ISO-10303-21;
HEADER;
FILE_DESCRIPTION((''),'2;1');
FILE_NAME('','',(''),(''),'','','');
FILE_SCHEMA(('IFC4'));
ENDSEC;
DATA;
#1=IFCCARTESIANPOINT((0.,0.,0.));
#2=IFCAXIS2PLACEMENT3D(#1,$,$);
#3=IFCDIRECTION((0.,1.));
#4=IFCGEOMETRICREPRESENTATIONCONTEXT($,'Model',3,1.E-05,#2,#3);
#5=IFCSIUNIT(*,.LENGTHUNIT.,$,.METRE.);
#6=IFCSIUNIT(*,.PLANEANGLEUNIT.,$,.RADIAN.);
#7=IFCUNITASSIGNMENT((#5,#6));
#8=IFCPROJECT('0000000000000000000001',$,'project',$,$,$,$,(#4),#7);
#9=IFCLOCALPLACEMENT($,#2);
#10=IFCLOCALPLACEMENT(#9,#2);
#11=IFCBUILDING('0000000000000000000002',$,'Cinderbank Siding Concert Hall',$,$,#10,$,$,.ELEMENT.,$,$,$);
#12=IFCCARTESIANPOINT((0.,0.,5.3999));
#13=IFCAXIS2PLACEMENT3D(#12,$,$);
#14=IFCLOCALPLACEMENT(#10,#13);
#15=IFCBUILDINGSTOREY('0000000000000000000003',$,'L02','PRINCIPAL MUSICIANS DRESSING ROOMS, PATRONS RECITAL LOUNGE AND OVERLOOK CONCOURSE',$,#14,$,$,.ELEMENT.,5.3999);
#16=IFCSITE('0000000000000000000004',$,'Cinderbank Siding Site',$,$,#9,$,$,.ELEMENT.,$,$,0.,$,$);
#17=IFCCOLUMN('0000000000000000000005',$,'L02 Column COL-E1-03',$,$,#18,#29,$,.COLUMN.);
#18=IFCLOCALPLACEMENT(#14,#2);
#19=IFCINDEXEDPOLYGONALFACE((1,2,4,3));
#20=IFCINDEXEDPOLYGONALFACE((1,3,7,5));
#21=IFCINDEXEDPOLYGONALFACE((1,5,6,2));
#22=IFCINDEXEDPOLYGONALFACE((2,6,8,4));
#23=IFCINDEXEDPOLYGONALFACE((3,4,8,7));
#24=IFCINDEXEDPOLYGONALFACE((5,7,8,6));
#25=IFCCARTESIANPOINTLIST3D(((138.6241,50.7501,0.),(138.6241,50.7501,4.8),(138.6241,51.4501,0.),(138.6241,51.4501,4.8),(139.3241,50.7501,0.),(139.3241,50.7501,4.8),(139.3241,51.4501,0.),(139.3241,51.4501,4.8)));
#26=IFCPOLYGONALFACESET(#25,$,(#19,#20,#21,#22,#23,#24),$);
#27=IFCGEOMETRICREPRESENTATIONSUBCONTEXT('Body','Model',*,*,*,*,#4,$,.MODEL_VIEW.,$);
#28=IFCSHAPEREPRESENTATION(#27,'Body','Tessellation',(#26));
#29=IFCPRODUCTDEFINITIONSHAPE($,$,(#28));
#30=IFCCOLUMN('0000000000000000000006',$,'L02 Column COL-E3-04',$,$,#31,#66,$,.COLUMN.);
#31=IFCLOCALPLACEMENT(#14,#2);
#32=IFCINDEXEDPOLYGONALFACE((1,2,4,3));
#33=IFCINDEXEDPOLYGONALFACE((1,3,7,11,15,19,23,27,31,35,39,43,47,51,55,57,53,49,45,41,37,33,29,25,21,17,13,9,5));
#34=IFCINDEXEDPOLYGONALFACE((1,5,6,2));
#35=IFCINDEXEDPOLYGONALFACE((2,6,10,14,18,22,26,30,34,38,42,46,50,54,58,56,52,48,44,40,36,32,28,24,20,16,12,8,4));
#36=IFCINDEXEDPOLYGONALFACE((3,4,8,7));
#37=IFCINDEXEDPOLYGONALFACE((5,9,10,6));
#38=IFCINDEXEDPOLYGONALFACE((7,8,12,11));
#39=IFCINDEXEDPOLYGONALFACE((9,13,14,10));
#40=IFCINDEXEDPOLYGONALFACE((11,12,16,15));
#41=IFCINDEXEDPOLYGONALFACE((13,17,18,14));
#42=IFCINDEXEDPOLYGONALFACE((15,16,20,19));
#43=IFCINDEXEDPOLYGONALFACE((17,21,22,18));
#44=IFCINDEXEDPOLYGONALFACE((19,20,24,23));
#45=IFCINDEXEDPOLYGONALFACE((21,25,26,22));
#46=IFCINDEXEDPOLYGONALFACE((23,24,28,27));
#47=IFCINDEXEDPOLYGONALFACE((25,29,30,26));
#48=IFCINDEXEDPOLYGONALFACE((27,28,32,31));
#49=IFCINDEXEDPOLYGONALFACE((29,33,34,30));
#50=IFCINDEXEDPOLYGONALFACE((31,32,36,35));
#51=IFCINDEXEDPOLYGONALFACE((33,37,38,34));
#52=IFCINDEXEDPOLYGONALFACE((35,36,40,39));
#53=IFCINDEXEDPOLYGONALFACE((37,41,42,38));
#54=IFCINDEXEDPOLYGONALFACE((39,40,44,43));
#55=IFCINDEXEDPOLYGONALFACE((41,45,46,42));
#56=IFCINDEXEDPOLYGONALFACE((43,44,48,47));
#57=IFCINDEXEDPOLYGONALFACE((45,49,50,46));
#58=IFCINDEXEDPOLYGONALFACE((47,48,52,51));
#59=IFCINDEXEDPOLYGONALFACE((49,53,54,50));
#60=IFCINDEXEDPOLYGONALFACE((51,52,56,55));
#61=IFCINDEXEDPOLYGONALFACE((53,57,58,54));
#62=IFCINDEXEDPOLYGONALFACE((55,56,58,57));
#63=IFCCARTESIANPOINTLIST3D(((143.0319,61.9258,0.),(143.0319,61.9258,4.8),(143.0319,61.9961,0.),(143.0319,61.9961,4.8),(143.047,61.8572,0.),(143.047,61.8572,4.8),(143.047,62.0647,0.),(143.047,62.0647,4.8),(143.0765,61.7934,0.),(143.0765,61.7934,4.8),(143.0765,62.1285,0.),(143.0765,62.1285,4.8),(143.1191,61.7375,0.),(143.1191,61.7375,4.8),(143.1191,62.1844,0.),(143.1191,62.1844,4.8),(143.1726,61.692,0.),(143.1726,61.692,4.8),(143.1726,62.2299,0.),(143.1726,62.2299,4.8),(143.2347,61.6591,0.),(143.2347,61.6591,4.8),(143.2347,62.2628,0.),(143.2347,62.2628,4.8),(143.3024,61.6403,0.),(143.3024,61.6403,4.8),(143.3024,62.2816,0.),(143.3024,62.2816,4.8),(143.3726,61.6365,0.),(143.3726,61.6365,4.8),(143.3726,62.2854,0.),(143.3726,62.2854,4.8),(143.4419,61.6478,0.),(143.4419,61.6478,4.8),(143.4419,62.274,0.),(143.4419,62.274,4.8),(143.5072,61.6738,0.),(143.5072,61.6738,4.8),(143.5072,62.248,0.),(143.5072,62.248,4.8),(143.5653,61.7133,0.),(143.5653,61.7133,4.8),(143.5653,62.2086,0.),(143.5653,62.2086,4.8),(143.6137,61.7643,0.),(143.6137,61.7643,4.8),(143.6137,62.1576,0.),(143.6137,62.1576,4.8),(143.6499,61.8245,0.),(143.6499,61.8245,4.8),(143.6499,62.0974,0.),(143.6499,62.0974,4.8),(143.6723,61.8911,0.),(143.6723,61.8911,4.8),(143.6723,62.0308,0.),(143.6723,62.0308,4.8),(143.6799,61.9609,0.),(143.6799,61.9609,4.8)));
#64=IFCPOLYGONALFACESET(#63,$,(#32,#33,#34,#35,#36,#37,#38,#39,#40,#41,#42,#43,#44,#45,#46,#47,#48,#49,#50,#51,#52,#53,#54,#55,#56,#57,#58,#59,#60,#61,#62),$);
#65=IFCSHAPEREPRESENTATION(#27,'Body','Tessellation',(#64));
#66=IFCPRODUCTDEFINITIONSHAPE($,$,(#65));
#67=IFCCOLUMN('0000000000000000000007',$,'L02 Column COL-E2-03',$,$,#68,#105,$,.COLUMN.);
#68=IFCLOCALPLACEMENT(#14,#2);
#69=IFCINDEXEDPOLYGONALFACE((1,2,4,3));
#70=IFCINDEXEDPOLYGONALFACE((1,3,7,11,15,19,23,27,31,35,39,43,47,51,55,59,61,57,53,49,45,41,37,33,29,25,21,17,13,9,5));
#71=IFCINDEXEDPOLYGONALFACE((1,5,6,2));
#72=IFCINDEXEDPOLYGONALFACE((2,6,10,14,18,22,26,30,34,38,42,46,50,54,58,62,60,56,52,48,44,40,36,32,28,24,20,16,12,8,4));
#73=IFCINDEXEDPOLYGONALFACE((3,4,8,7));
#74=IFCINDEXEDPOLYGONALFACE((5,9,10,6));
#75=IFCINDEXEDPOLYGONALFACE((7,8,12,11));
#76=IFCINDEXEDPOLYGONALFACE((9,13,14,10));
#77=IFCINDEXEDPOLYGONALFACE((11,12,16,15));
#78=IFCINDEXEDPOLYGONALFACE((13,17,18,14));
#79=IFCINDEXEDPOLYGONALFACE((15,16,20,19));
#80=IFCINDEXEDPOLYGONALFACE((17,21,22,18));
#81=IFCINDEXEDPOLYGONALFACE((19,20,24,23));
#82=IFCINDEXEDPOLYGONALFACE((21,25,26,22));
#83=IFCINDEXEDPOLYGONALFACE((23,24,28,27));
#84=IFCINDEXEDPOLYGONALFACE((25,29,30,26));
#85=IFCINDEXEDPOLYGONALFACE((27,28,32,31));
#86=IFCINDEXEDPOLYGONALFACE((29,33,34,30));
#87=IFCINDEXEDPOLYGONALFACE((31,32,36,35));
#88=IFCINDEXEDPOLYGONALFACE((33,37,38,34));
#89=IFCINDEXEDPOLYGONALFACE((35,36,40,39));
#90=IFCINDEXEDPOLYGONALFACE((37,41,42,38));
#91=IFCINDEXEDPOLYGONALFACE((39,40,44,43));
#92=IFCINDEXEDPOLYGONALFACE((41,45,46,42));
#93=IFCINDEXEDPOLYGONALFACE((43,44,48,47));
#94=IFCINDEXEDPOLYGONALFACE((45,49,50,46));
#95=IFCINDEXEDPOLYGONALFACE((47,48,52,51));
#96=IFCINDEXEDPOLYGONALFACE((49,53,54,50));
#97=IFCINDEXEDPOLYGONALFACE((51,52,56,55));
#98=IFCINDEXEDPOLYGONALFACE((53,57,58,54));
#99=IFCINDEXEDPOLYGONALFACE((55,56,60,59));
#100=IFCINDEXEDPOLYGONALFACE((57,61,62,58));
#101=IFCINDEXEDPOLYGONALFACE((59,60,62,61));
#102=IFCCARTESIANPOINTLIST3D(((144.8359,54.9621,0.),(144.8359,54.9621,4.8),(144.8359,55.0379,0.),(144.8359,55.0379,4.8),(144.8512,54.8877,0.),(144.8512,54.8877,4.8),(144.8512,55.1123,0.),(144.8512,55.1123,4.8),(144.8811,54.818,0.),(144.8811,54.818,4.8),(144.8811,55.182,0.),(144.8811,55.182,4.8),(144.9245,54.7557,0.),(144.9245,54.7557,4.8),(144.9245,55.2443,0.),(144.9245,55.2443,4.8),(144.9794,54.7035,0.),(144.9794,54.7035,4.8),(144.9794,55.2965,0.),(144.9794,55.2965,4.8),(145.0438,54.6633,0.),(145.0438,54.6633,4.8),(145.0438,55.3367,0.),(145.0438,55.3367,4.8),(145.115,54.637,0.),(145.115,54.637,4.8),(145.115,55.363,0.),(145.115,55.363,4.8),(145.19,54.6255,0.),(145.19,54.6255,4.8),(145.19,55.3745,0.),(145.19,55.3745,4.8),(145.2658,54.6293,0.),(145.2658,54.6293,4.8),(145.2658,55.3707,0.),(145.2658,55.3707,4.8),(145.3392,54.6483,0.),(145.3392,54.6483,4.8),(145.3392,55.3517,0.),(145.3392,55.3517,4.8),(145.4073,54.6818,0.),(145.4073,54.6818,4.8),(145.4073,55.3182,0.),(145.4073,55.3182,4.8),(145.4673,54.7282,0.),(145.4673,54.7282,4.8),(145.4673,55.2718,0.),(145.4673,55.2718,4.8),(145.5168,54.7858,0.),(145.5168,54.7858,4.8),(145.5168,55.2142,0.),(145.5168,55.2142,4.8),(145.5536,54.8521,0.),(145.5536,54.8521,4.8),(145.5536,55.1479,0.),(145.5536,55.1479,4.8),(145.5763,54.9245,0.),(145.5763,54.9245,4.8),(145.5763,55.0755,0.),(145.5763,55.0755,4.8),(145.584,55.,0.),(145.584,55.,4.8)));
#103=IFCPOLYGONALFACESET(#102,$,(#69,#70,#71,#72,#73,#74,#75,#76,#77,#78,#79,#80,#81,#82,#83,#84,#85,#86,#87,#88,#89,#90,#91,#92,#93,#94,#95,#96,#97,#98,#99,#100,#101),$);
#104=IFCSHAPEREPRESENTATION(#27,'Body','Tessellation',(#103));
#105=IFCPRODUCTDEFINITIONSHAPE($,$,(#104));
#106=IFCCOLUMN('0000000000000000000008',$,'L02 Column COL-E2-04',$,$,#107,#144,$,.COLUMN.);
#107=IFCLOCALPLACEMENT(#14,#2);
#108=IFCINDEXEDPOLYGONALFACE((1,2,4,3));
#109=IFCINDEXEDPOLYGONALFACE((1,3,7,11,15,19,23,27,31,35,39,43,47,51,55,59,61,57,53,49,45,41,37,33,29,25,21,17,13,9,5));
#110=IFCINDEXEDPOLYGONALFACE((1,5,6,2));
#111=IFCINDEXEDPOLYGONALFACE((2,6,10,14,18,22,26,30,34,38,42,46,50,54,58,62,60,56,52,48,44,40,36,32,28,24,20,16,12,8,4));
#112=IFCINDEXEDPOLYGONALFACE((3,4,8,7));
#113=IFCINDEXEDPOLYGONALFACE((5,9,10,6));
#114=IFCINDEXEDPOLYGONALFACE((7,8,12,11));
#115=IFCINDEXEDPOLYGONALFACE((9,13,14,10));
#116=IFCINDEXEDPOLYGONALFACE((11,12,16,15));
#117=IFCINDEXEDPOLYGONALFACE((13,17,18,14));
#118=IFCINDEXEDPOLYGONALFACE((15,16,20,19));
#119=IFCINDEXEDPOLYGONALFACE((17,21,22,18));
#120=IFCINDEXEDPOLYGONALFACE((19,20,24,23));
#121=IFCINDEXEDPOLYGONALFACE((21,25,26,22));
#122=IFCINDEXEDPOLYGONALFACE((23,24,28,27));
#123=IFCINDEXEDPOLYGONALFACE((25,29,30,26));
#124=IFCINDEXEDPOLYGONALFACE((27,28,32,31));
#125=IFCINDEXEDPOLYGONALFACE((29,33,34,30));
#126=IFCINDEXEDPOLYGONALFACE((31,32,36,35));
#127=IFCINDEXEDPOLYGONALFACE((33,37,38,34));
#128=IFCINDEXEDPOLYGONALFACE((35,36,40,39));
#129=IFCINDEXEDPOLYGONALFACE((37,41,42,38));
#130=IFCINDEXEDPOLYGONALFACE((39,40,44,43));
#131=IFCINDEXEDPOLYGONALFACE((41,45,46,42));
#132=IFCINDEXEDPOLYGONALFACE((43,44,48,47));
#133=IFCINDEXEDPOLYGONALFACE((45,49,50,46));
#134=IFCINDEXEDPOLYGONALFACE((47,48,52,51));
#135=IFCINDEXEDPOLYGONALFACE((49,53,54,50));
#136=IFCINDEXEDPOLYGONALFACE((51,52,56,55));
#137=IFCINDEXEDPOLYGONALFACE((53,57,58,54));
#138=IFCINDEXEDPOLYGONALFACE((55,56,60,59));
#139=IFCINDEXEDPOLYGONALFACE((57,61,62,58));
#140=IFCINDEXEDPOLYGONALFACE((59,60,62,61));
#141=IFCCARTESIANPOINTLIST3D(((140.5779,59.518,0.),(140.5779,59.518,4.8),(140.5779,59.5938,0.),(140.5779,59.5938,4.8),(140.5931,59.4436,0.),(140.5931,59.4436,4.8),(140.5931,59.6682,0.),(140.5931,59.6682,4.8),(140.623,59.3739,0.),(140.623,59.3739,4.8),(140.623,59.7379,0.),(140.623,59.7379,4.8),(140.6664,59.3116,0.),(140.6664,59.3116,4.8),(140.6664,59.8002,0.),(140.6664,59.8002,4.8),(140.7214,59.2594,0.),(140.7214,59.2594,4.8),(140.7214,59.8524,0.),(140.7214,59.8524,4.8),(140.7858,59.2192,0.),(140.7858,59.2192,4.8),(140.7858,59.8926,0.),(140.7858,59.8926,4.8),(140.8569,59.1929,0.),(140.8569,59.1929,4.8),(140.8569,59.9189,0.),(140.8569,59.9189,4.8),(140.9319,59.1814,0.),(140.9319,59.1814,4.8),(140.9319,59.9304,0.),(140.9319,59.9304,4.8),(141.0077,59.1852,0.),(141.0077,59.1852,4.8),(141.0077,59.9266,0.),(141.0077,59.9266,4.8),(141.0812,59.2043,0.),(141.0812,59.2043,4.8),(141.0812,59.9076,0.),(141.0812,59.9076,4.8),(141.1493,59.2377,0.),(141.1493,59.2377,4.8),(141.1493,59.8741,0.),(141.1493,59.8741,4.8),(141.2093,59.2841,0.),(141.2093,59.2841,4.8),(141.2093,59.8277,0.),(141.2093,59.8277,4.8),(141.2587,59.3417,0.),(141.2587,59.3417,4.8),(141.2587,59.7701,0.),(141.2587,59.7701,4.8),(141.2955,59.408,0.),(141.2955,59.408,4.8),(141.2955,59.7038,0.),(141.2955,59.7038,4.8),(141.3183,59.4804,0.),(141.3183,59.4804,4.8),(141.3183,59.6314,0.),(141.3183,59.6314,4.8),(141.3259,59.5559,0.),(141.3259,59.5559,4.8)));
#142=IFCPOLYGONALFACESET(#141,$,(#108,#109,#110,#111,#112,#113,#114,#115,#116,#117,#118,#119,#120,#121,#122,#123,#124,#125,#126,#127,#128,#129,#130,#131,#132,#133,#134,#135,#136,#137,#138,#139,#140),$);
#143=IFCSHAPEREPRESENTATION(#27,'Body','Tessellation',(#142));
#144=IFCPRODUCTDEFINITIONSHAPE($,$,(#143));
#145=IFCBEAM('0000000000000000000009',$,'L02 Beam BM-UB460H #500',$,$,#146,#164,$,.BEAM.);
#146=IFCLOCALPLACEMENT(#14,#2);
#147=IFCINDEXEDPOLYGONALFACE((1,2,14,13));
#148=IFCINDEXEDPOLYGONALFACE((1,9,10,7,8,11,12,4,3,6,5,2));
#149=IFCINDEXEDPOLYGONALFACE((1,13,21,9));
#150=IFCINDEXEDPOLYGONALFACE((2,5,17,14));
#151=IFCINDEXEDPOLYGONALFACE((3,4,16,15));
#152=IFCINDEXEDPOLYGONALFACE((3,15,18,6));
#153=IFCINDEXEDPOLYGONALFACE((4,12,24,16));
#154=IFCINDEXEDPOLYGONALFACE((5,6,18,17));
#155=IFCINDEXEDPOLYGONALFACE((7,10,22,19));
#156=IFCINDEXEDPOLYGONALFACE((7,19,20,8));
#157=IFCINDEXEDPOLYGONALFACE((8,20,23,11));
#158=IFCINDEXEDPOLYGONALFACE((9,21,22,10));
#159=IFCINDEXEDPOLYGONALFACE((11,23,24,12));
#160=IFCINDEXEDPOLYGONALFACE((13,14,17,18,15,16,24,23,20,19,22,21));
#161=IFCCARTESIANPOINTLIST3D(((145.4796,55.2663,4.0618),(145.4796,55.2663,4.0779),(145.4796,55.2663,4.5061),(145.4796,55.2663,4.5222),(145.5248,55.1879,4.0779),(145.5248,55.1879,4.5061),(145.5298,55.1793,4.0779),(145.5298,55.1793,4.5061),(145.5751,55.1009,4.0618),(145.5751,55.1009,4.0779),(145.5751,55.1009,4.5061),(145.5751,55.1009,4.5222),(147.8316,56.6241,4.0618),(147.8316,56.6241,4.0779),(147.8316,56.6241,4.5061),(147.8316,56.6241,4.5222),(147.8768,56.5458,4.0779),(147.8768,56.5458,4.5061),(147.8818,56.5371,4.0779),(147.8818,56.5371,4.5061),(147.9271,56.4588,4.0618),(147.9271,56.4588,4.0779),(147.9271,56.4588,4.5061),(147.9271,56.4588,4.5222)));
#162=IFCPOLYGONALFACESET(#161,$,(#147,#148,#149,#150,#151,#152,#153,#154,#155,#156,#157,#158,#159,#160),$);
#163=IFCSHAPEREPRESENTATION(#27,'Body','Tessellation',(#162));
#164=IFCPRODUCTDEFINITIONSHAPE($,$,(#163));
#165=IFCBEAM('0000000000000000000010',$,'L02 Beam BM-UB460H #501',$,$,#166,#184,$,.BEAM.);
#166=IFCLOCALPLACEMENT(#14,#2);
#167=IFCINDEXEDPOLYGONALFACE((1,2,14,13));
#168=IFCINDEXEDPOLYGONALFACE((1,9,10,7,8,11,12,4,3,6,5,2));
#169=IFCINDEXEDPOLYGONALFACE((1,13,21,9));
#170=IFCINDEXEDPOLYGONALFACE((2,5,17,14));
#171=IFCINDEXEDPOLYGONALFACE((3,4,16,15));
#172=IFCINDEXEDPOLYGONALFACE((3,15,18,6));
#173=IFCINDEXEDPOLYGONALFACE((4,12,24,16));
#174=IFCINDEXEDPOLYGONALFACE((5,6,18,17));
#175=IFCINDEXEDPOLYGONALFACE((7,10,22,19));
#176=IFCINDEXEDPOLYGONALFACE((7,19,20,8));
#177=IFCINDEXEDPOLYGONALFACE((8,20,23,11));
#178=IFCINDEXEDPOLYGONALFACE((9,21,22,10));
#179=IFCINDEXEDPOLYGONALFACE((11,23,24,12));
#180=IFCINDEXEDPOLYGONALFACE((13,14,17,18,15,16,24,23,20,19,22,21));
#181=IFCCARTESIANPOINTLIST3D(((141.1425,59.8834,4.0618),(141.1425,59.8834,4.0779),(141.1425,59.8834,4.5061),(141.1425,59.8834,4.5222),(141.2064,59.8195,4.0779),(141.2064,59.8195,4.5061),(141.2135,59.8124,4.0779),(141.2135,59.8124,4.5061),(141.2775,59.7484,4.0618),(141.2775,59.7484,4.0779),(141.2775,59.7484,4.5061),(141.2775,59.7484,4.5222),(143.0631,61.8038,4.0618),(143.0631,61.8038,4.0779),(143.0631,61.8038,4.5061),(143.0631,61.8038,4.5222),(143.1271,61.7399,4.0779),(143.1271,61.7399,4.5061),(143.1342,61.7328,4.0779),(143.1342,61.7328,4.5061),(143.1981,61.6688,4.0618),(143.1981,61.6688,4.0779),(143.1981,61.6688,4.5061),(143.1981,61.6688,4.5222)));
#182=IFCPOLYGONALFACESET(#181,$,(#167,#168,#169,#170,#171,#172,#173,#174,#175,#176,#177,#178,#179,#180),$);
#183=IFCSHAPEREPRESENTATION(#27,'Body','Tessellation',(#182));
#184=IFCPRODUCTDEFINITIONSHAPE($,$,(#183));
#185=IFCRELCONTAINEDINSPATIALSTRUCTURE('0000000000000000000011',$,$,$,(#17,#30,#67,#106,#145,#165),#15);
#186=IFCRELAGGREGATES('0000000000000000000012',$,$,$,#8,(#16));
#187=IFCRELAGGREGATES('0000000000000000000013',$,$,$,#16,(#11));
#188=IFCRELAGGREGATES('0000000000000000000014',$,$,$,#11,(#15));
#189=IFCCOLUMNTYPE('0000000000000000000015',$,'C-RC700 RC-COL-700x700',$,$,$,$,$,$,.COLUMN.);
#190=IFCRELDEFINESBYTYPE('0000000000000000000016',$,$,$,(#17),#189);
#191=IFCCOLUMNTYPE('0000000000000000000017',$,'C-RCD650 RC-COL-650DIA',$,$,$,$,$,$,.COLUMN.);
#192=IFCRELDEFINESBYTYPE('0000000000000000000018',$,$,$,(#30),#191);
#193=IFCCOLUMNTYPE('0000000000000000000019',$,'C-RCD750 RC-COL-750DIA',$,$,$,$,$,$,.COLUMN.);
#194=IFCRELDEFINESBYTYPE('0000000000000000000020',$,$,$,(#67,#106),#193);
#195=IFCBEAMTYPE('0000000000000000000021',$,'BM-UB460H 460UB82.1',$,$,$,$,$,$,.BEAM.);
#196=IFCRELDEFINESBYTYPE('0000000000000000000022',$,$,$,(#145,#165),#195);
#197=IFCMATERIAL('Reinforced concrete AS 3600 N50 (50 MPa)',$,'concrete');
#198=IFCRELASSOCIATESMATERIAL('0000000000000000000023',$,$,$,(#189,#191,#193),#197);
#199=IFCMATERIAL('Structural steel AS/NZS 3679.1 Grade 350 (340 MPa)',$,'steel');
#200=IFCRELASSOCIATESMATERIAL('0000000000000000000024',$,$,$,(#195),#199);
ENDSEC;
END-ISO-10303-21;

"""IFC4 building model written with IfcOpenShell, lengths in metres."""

from ifc_helpers import new_model, si_unit, direction, frame, origin, origin_2d, place, context, subcontext, project, spatial, rectangle, circle, i_section, extrude, material, material_profile, profile_set, type_object, element, save


model = new_model("IFC4")

# Units and contexts
model_context = context("Model", 3, precision=1e-05, world=origin(), true_north=direction((0.0, 1.0)))
body_context = subcontext(model_context, "Body", "Model", "MODEL_VIEW")
ifc_project = project(units=[si_unit("LENGTHUNIT", "METRE"), si_unit("PLANEANGLEUNIT", "RADIAN")], contexts=[model_context])

# Site, building, storey
site_placement = place(None, origin())
site = spatial("IfcSite", under=ifc_project, at=site_placement, Name="Cinderbank Siding Site", CompositionType="ELEMENT", RefElevation=0.0)
building_placement = place(site_placement, origin())
building = spatial("IfcBuilding", under=site, at=building_placement, Name="Cinderbank Siding Concert Hall", CompositionType="ELEMENT")
storey_placement = place(building_placement, frame((0.0, 0.0, 5.3999)))
storey = spatial("IfcBuildingStorey", under=building, at=storey_placement, Name="L02", Description="PRINCIPAL MUSICIANS DRESSING ROOMS, PATRONS RECITAL LOUNGE AND OVERLOOK CONCOURSE", CompositionType="ELEMENT", Elevation=5.3999)

# Columns
ifc_material_1 = material(Name="Reinforced concrete AS 3600 N50 (50 MPa)", Category="concrete")
ifc_material_profile_1 = material_profile(ifc_material_1, rectangle(XDim=0.7, YDim=0.7, at=origin_2d()), Name="RC-COL-700x700", Category="LoadBearing")
ifc_profile_set_1 = profile_set([ifc_material_profile_1], Name="Reinforced concrete AS 3600 N50 (50 MPa)")
column_type_1 = type_object("IfcColumnType", Name="C-RC700 RC-COL-700x700", PredefinedType="COLUMN", material=ifc_profile_set_1)
column_1_placement = place(storey_placement, frame((138.9741, 51.1001, 0.0), z_axis=(0.0, 0.0, 1.0), x_axis=(1.0, 0.0, 0.0)))
element("IfcColumn", 1, at=column_1_placement, inside=storey, type_object=column_type_1, Name="L02 Column COL-E1-03", PredefinedType="COLUMN", context=body_context, shape_type="SweptSolid", body=[
    extrude(rectangle(XDim=0.7, YDim=0.7, at=origin_2d()), origin(), (0.0, 0.0, 1.0), 4.8),
])
ifc_material_profile_2 = material_profile(ifc_material_1, circle(Radius=0.325, at=origin_2d()), Name="RC-COL-650DIA", Category="LoadBearing")
ifc_profile_set_2 = profile_set([ifc_material_profile_2], Name="Reinforced concrete AS 3600 N50 (50 MPa)")
column_type_2 = type_object("IfcColumnType", Name="C-RCD650 RC-COL-650DIA", PredefinedType="COLUMN", material=ifc_profile_set_2)
column_2_placement = place(storey_placement, frame((143.355, 61.9609, 0.0), z_axis=(0.0, 0.0, 1.0), x_axis=(1.0, 0.0, 0.0)))
element("IfcColumn", 2, at=column_2_placement, inside=storey, type_object=column_type_2, Name="L02 Column COL-E3-04", PredefinedType="COLUMN", context=body_context, shape_type="SweptSolid", body=[
    extrude(circle(Radius=0.325, at=origin_2d()), origin(), (0.0, 0.0, 1.0), 4.8),
])
ifc_material_profile_3 = material_profile(ifc_material_1, circle(Radius=0.375, at=origin_2d()), Name="RC-COL-750DIA", Category="LoadBearing")
ifc_profile_set_3 = profile_set([ifc_material_profile_3], Name="Reinforced concrete AS 3600 N50 (50 MPa)")
column_type_3 = type_object("IfcColumnType", Name="C-RCD750 RC-COL-750DIA", PredefinedType="COLUMN", material=ifc_profile_set_3)
for number, where, z_axis, x_axis, name in (
    (3, (145.209, 55.0, 0.0), (0.0, 0.0, 1.0), (1.0, 0.0, 0.0), "L02 Column COL-E2-03"),
    (4, (140.9509, 59.5559, 0.0), (0.0, 0.0, 1.0), (1.0, 0.0, 0.0), "L02 Column COL-E2-04"),
):
    element("IfcColumn", number, at=place(storey_placement, frame(where, z_axis=z_axis, x_axis=x_axis)), inside=storey, type_object=column_type_3, Name=name, PredefinedType="COLUMN", context=body_context, shape_type="SweptSolid", body=[
        extrude(circle(Radius=0.375, at=origin_2d()), origin(), (0.0, 0.0, 1.0), 4.8),
    ])

# Beams
ifc_material_2 = material(Name="Structural steel AS/NZS 3679.1 Grade 350 (340 MPa)", Category="steel")
ifc_material_profile_4 = material_profile(ifc_material_2, i_section(OverallWidth=0.1909, OverallDepth=0.4604, WebThickness=0.01, FlangeThickness=0.0161, at=origin_2d()), Name="460UB82.1", Category="LoadBearing")
ifc_profile_set_4 = profile_set([ifc_material_profile_4], Name="Structural steel AS/NZS 3679.1 Grade 350 (340 MPa)")
beam_type_1 = type_object("IfcBeamType", Name="BM-UB460H 460UB82.1", PredefinedType="BEAM", material=ifc_profile_set_4)
beam_1_placement = place(storey_placement, frame((145.5273, 55.1836, 4.292), z_axis=(0.866033, 0.499987, 0.0), x_axis=(-0.499987, 0.866033, 0.0)))
element("IfcBeam", 5, at=beam_1_placement, inside=storey, type_object=beam_type_1, Name="L02 Beam BM-UB460H #500", PredefinedType="BEAM", context=body_context, shape_type="SweptSolid", body=[
    extrude(i_section(OverallWidth=0.1909, OverallDepth=0.4604, WebThickness=0.01, FlangeThickness=0.0161, at=origin_2d()), origin(), (0.0, 0.0, 1.0), 2.7158),
])
beam_2_placement = place(storey_placement, frame((141.21, 59.8159, 4.292), z_axis=(0.707152, 0.707062, 0.0), x_axis=(-0.707062, 0.707152, 0.0)))
element("IfcBeam", 6, at=beam_2_placement, inside=storey, type_object=beam_type_1, Name="L02 Beam BM-UB460H #501", PredefinedType="BEAM", context=body_context, shape_type="SweptSolid", body=[
    extrude(i_section(OverallWidth=0.1909, OverallDepth=0.4604, WebThickness=0.01, FlangeThickness=0.0161, at=origin_2d()), origin(), (0.0, 0.0, 1.0), 2.7161),
])

save(model, "model.ifc")
